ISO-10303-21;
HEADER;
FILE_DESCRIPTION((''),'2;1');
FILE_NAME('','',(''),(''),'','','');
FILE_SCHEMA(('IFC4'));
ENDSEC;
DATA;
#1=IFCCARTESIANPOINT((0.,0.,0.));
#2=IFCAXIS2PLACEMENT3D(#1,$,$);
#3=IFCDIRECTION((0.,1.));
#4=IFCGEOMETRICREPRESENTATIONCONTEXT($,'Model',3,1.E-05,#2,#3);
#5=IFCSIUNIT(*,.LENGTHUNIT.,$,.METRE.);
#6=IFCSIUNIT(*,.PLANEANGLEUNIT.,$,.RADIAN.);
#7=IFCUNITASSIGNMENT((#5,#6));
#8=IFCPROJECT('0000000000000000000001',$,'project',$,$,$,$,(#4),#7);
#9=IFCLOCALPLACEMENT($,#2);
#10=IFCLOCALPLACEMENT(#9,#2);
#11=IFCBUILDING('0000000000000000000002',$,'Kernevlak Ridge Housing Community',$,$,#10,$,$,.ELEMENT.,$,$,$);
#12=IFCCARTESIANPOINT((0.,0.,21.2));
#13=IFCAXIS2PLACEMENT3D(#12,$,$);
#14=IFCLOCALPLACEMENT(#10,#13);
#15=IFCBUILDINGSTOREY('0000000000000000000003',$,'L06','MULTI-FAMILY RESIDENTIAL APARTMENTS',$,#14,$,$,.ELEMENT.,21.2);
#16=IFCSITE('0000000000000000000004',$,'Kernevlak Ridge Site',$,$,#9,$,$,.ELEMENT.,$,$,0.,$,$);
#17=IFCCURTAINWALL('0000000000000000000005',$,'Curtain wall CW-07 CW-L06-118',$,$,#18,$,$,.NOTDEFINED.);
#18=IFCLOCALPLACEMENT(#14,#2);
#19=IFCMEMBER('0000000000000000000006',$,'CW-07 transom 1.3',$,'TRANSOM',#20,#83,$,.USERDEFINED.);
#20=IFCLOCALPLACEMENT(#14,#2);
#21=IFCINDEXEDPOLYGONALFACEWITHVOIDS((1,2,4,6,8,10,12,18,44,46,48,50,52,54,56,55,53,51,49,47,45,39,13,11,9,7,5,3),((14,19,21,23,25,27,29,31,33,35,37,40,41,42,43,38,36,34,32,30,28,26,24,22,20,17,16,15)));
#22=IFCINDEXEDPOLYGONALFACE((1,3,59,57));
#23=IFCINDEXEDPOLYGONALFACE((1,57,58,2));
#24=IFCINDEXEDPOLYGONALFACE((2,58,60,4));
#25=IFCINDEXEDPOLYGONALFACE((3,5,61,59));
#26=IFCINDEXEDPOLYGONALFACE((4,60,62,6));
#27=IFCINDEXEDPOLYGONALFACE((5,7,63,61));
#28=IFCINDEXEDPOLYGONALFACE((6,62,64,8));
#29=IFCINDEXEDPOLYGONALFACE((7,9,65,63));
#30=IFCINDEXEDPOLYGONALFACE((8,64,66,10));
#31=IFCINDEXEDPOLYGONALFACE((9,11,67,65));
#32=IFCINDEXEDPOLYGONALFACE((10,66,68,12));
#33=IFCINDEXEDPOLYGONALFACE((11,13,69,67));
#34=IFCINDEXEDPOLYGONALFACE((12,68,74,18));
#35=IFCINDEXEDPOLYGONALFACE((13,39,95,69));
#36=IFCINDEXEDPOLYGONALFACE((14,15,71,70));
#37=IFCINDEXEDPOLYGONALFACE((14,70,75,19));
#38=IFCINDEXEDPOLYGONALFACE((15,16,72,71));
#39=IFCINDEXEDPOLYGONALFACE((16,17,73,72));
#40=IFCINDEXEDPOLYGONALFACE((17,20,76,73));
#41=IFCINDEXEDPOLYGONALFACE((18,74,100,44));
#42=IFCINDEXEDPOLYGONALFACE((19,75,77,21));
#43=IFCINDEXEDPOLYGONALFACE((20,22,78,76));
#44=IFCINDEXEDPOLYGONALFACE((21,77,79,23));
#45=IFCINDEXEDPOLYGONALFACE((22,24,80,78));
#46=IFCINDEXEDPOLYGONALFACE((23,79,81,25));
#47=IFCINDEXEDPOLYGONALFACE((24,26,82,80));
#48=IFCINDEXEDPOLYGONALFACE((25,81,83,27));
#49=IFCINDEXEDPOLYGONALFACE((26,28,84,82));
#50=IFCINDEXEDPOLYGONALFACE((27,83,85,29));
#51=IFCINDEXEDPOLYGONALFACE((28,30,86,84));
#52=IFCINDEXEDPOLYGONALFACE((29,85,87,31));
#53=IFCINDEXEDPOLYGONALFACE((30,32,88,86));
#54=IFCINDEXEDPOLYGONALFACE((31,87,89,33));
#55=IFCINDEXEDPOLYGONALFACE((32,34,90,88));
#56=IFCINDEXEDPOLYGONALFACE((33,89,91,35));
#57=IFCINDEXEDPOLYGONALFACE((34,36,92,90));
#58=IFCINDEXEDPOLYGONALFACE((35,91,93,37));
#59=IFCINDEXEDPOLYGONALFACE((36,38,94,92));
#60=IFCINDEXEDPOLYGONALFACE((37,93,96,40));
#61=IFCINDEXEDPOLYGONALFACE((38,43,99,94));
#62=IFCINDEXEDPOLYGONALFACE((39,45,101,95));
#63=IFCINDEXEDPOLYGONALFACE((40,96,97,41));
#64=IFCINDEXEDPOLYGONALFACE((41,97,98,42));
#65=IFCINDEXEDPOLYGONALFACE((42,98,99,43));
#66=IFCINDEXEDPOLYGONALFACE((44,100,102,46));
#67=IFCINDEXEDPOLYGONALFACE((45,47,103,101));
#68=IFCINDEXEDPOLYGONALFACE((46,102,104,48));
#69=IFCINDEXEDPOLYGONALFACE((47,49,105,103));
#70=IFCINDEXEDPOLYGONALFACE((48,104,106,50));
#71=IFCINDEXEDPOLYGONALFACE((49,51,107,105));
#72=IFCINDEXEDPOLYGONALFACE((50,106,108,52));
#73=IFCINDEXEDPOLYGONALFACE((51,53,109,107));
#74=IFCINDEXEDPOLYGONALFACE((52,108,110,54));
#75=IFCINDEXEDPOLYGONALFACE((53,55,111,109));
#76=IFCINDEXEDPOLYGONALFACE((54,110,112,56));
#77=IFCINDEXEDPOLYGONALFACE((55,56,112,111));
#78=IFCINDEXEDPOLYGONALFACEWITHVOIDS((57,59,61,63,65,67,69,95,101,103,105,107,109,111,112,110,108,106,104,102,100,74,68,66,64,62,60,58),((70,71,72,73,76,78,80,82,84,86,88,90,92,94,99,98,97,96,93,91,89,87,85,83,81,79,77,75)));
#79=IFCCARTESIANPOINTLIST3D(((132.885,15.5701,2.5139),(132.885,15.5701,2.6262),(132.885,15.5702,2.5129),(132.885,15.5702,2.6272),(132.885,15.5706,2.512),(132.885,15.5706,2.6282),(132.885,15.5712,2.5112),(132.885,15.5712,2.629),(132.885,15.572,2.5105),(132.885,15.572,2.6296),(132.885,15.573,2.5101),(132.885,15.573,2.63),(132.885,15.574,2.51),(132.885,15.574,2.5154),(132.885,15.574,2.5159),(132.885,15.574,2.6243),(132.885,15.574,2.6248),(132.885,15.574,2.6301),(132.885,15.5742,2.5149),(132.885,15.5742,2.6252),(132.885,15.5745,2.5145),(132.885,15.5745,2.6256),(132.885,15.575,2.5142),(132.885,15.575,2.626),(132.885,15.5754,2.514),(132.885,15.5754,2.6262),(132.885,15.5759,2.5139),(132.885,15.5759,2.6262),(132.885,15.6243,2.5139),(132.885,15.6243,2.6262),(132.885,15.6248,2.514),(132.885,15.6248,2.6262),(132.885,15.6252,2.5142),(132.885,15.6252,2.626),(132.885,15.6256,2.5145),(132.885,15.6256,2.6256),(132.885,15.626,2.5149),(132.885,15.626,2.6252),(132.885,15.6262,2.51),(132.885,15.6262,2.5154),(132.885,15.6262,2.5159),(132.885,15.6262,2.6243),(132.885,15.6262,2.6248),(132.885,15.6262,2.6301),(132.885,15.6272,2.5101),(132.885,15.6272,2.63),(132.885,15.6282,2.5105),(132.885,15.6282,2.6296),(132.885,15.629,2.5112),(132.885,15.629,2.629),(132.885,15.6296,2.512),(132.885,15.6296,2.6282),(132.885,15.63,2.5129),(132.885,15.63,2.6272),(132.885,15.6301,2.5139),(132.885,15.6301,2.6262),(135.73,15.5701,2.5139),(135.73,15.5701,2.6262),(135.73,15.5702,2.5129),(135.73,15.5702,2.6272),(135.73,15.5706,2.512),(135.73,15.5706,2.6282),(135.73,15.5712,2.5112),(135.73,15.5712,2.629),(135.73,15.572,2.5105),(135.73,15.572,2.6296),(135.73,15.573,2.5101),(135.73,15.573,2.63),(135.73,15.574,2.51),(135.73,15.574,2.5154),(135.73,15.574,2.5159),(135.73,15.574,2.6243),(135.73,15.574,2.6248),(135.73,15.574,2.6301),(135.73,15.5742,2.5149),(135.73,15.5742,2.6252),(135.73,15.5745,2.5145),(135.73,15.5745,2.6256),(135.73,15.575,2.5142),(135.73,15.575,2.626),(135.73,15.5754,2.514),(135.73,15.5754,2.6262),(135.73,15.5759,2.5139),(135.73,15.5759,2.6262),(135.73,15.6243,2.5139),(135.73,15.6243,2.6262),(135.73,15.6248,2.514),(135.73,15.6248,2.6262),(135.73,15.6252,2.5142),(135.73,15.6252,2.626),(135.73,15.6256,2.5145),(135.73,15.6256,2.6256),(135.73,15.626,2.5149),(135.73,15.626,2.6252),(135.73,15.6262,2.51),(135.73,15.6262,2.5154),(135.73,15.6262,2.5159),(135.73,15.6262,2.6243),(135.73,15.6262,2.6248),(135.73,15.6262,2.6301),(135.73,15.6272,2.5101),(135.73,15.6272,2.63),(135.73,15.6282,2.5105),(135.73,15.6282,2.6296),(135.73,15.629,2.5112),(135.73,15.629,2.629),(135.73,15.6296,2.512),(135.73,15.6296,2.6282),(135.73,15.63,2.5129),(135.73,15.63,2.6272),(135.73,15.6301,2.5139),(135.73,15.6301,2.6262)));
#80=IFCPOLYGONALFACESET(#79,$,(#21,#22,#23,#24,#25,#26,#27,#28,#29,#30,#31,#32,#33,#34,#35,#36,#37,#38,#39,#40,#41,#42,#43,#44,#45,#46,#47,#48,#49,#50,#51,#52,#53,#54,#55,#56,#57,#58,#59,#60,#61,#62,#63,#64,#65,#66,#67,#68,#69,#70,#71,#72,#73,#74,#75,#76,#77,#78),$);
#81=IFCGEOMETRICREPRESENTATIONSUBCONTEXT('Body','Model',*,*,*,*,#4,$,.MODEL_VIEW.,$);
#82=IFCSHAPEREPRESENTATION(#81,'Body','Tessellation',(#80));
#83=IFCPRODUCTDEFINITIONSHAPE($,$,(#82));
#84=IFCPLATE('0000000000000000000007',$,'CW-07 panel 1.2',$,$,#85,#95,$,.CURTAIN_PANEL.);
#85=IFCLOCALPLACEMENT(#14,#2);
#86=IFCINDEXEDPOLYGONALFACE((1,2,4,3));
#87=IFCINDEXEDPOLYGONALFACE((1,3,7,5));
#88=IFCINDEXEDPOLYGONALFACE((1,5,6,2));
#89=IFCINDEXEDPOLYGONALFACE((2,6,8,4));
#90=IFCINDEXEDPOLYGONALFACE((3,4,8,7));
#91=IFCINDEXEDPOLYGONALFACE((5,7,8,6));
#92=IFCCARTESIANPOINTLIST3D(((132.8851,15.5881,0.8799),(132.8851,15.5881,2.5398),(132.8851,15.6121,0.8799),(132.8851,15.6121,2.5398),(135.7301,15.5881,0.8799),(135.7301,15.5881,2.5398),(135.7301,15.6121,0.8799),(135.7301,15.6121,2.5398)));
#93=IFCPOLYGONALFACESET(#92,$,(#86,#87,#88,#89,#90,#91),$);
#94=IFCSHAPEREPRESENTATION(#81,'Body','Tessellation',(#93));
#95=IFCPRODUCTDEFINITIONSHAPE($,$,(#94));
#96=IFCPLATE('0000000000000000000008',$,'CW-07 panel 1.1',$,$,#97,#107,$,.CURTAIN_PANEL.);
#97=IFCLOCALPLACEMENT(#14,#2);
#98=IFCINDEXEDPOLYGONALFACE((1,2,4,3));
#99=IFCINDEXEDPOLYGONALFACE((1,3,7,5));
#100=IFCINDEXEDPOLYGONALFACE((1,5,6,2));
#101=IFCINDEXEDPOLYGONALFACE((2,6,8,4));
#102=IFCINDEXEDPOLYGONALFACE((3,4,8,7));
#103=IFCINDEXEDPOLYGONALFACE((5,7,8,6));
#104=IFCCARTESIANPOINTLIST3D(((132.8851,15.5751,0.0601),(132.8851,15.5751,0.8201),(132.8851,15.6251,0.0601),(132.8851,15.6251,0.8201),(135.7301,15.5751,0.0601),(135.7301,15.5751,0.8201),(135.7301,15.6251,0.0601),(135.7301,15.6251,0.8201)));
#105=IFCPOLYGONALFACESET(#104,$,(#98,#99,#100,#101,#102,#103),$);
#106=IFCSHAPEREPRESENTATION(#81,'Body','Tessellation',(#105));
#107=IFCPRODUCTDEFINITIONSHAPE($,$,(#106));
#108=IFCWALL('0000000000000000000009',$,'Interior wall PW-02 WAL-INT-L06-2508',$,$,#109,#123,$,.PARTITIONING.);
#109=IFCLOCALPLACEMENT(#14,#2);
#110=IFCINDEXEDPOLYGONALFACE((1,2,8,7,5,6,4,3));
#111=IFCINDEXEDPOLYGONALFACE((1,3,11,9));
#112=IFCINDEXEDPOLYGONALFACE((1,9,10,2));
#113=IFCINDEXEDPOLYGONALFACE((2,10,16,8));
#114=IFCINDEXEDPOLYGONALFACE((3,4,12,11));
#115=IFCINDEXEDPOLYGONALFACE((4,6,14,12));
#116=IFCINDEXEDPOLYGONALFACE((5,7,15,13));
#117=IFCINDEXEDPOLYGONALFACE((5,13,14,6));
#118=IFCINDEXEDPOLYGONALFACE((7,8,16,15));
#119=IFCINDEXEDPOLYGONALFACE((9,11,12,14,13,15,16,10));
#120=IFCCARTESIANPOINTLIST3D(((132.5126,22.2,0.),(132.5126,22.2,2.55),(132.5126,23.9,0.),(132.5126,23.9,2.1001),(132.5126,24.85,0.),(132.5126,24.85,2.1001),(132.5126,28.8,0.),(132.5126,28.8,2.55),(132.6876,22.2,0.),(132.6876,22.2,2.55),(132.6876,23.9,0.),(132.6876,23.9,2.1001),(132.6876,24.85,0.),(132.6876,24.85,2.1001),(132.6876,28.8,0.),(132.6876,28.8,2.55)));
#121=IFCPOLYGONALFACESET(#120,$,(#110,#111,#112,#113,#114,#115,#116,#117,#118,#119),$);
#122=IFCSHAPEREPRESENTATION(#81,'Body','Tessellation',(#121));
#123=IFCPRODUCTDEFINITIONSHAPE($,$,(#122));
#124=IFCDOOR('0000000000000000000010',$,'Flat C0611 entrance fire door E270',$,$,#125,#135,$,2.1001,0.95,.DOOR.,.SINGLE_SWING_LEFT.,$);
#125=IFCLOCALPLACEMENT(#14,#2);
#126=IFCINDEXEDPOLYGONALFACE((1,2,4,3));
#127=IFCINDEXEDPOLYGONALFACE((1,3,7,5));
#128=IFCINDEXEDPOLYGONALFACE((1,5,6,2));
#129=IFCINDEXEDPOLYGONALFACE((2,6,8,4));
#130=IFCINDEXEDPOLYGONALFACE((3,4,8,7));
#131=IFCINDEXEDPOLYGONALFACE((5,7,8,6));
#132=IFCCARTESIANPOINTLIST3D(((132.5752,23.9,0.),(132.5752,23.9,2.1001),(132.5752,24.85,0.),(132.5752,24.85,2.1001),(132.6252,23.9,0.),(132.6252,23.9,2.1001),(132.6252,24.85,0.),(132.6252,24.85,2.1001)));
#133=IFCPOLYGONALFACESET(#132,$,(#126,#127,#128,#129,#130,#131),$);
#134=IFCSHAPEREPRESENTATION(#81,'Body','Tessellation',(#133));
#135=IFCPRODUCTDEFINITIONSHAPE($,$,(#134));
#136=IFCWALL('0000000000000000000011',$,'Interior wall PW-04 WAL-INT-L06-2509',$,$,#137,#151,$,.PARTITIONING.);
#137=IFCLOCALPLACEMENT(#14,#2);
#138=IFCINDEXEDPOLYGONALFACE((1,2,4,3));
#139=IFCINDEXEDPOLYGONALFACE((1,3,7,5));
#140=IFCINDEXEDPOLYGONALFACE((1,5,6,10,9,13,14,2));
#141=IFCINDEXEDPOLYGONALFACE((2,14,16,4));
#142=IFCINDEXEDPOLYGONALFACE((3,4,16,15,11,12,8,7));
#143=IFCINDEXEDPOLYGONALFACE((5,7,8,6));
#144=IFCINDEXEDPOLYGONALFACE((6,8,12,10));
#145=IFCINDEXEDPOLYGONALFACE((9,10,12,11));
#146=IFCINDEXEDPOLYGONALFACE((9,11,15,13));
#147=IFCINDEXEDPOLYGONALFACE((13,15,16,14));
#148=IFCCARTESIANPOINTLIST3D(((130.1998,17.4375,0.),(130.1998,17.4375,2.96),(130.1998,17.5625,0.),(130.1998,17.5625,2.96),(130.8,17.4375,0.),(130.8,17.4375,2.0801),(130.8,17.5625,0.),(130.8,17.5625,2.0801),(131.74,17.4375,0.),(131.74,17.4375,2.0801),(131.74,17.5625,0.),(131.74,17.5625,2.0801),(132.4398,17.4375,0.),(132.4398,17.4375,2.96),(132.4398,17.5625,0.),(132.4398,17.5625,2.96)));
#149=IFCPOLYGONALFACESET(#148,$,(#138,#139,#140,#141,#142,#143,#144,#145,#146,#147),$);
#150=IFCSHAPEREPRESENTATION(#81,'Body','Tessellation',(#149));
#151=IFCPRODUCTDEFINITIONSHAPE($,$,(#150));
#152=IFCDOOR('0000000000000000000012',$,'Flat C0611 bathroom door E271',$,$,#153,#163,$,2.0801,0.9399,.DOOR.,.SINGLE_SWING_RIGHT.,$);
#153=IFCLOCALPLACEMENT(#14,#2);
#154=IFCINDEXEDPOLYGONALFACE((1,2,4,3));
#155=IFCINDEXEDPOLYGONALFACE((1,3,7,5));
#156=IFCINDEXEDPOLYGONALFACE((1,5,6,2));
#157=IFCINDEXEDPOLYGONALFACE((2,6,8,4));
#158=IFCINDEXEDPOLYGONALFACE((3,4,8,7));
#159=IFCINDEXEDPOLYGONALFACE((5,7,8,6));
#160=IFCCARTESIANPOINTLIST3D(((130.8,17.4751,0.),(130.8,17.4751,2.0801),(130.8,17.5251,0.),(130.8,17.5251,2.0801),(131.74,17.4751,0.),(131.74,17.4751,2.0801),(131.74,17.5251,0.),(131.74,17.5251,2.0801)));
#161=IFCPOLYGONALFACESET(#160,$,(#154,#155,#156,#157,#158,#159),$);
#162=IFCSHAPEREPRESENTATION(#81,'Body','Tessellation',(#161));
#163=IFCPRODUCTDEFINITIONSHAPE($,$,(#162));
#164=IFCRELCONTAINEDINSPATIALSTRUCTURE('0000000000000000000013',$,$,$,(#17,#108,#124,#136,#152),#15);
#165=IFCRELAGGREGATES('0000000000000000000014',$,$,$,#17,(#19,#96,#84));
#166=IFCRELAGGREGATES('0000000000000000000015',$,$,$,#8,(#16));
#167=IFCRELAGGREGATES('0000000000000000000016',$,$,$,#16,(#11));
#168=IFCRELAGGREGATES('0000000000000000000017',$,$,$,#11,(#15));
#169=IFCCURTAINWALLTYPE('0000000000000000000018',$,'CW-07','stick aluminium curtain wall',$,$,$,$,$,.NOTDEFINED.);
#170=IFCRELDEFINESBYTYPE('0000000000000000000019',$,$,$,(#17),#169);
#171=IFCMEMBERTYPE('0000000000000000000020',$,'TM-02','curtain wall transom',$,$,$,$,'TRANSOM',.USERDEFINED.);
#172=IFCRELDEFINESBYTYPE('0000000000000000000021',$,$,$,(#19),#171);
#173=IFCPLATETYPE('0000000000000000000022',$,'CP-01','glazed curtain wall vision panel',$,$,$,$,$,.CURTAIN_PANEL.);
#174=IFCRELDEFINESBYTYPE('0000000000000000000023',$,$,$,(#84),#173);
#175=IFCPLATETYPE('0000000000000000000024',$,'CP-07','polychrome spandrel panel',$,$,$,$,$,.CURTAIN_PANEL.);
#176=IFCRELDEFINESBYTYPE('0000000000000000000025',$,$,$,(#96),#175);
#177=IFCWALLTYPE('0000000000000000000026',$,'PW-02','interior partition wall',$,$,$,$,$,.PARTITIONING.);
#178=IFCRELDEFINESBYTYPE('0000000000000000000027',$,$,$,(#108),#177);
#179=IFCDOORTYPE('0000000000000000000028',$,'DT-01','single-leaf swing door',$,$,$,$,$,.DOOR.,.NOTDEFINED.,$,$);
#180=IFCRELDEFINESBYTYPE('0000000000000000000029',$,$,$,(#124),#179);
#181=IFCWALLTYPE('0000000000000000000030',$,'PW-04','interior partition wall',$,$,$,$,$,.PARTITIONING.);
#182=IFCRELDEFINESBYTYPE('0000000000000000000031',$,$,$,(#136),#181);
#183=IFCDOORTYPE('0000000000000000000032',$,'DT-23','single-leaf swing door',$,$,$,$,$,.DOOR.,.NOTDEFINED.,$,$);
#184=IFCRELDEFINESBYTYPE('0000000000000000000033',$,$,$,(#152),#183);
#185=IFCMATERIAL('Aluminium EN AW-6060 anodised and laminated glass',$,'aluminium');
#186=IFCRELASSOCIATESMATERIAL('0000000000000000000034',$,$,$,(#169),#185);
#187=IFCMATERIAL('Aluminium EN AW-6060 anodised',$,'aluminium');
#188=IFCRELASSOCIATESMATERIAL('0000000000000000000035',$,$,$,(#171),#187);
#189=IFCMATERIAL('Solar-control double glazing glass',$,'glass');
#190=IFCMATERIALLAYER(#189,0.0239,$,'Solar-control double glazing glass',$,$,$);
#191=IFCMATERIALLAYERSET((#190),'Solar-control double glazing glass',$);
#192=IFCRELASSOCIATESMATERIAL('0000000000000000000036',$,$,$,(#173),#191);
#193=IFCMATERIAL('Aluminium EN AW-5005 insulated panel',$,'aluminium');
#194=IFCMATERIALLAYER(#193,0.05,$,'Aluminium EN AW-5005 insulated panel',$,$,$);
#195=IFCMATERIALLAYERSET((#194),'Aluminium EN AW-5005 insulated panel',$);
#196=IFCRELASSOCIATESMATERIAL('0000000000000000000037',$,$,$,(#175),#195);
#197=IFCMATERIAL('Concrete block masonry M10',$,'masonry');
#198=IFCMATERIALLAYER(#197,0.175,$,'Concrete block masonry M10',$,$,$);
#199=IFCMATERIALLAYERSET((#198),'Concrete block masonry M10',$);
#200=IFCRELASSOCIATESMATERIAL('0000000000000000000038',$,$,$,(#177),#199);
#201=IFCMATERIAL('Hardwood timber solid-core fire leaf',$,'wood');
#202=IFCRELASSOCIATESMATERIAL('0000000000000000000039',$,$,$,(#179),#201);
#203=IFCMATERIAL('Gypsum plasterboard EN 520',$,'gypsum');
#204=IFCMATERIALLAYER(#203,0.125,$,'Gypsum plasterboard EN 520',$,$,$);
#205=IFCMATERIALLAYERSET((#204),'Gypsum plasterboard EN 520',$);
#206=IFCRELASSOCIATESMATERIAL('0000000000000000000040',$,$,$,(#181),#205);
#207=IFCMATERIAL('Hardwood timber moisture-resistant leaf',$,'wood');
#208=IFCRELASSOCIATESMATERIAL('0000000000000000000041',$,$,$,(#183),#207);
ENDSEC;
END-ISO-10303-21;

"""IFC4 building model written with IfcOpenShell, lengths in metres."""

from ifc_helpers import new_model, si_unit, direction, frame, frame_2d, origin, origin_2d, place, context, subcontext, project, spatial, rectangle, hollow_rectangle, extrude, material, layer, layer_set, material_profile, profile_set, type_object, element, fill, aggregate, save


model = new_model("IFC4")

# Units and contexts
model_context = context("Model", 3, precision=1e-05, world=origin(), true_north=direction((0.0, 1.0)))
body_context = subcontext(model_context, "Body", "Model", "MODEL_VIEW")
ifc_project = project(units=[si_unit("LENGTHUNIT", "METRE"), si_unit("PLANEANGLEUNIT", "RADIAN")], contexts=[model_context])

# Site, building, storey
site_placement = place(None, origin())
site = spatial("IfcSite", under=ifc_project, at=site_placement, Name="Kernevlak Ridge Site", CompositionType="ELEMENT", RefElevation=0.0)
building_placement = place(site_placement, origin())
building = spatial("IfcBuilding", under=site, at=building_placement, Name="Kernevlak Ridge Housing Community", CompositionType="ELEMENT")
storey_placement = place(building_placement, frame((0.0, 0.0, 21.2)))
storey = spatial("IfcBuildingStorey", under=building, at=storey_placement, Name="L06", Description="MULTI-FAMILY RESIDENTIAL APARTMENTS", CompositionType="ELEMENT", Elevation=21.2)

# Curtain wall
ifc_material_1 = material(Name="Aluminium EN AW-6060 anodised and laminated glass", Category="aluminium")
curtain_wall_type = type_object("IfcCurtainWallType", Name="CW-07", Description="stick aluminium curtain wall", PredefinedType="NOTDEFINED", material=ifc_material_1)
curtain_wall_placement = place(storey_placement, origin())
curtain_wall = element("IfcCurtainWall", 1, at=curtain_wall_placement, inside=storey, type_object=curtain_wall_type, Name="Curtain wall CW-07 CW-L06-118", PredefinedType="NOTDEFINED")
ifc_material_2 = material(Name="Aluminium EN AW-6060 anodised", Category="aluminium")

# Member
ifc_material_profile_1 = material_profile(ifc_material_2, hollow_rectangle(XDim=0.0601, YDim=0.1201, WallThickness=0.0039, InnerFilletRadius=0.002, OuterFilletRadius=0.0039, at=origin_2d()), Name="ALU 60x120x4")
ifc_profile_set_1 = profile_set([ifc_material_profile_1], Name="Aluminium EN AW-6060 anodised")
member_type_1 = type_object("IfcMemberType", Name="TM-02", Description="curtain wall transom", ElementType="TRANSOM", PredefinedType="USERDEFINED", material=ifc_profile_set_1)
member_1_placement = place(storey_placement, frame((132.885, 15.6001, 2.5701), z_axis=(1.0, 0.0, 0.0), x_axis=(0.0, 1.0, 0.0)))
member_1 = element("IfcMember", 2, at=member_1_placement, type_object=member_type_1, Name="CW-07 transom 1.3", ObjectType="TRANSOM", PredefinedType="USERDEFINED", context=body_context, shape_type="SweptSolid", body=[
    extrude(hollow_rectangle(XDim=0.0601, YDim=0.1201, WallThickness=0.0039, InnerFilletRadius=0.002, OuterFilletRadius=0.0039, at=origin_2d()), origin(), (0.0, 0.0, 1.0), 2.845),
])

# Plates
ifc_material_3 = material(Name="Solar-control double glazing glass", Category="glass")
ifc_layer_1 = layer(ifc_material_3, 0.0239, Name="Solar-control double glazing glass")
ifc_layer_set_1 = layer_set([ifc_layer_1], Name="Solar-control double glazing glass")
plate_type_1 = type_object("IfcPlateType", Name="CP-01", Description="glazed curtain wall vision panel", PredefinedType="CURTAIN_PANEL", material=ifc_layer_set_1)
plate_1_placement = place(storey_placement, frame((134.3076, 15.6001, 0.8799), z_axis=(0.0, 0.0, 1.0), x_axis=(1.0, 0.0, 0.0)))
plate_1 = element("IfcPlate", 3, at=plate_1_placement, type_object=plate_type_1, Name="CW-07 panel 1.2", PredefinedType="CURTAIN_PANEL", context=body_context, shape_type="SweptSolid", body=[
    extrude(rectangle(XDim=2.845, YDim=0.0239, at=origin_2d()), origin(), (0.0, 0.0, 1.0), 1.6599),
])
ifc_material_4 = material(Name="Aluminium EN AW-5005 insulated panel", Category="aluminium")
ifc_layer_2 = layer(ifc_material_4, 0.05, Name="Aluminium EN AW-5005 insulated panel")
ifc_layer_set_2 = layer_set([ifc_layer_2], Name="Aluminium EN AW-5005 insulated panel")
plate_type_2 = type_object("IfcPlateType", Name="CP-07", Description="polychrome spandrel panel", PredefinedType="CURTAIN_PANEL", material=ifc_layer_set_2)
plate_2_placement = place(storey_placement, frame((134.3076, 15.6001, 0.0601), z_axis=(0.0, 0.0, 1.0), x_axis=(1.0, 0.0, 0.0)))
plate_2 = element("IfcPlate", 4, at=plate_2_placement, type_object=plate_type_2, Name="CW-07 panel 1.1", PredefinedType="CURTAIN_PANEL", context=body_context, shape_type="SweptSolid", body=[
    extrude(rectangle(XDim=2.845, YDim=0.05, at=origin_2d()), origin(), (0.0, 0.0, 1.0), 0.76),
])
aggregate(curtain_wall, [member_1, plate_2, plate_1])

# Walls, openings, doors
ifc_material_5 = material(Name="Concrete block masonry M10", Category="masonry")
ifc_layer_3 = layer(ifc_material_5, 0.175, Name="Concrete block masonry M10")
ifc_layer_set_3 = layer_set([ifc_layer_3], Name="Concrete block masonry M10")
wall_type_1 = type_object("IfcWallType", Name="PW-02", Description="interior partition wall", PredefinedType="PARTITIONING", material=ifc_layer_set_3)
wall_1_placement = place(storey_placement, frame((132.6001, 22.2, 0.0), z_axis=(0.0, 0.0, 1.0), x_axis=(0.0, 1.0, 0.0)))
wall_1 = element("IfcWall", 5, at=wall_1_placement, inside=storey, type_object=wall_type_1, Name="Interior wall PW-02 WAL-INT-L06-2508", PredefinedType="PARTITIONING", context=body_context, shape_type="SweptSolid", body=[
    extrude(rectangle(XDim=6.6001, YDim=0.175, at=frame_2d((3.3, 0.0))), origin(), (0.0, 0.0, 1.0), 2.55),
])
opening_1_placement = place(wall_1_placement, frame((1.7, 0.0, 0.0)))
opening_1 = element("IfcOpeningElement", 6, at=opening_1_placement, cuts=wall_1, PredefinedType="OPENING", context=body_context, shape_type="SweptSolid", body=[
    extrude(rectangle(XDim=0.95, YDim=2.1001, at=frame_2d((0.4751, 1.05))), frame((0.0, 0.0974, 0.0), z_axis=(0.0, -1.0, 0.0), x_axis=(1.0, 0.0, 0.0)), (0.0, 0.0, 1.0), 0.1951),
])
ifc_material_6 = material(Name="Hardwood timber solid-core fire leaf", Category="wood")
door_type_1 = type_object("IfcDoorType", Name="DT-01", Description="single-leaf swing door", OperationType="NOTDEFINED", PredefinedType="DOOR", material=ifc_material_6)
door_1_placement = place(opening_1_placement, origin())
door_1 = element("IfcDoor", 7, at=door_1_placement, inside=storey, type_object=door_type_1, Name="Flat C0611 entrance fire door E270", OperationType="SINGLE_SWING_LEFT", OverallHeight=2.1001, OverallWidth=0.95, PredefinedType="DOOR", context=body_context, shape_type="SweptSolid", body=[
    extrude(rectangle(XDim=0.95, YDim=2.1001, at=frame_2d((0.4751, 1.05))), frame((0.0, 0.0249, 0.0), z_axis=(0.0, -1.0, 0.0), x_axis=(1.0, 0.0, 0.0)), (0.0, 0.0, 1.0), 0.05),
])
fill(opening_1, door_1)
ifc_material_7 = material(Name="Gypsum plasterboard EN 520", Category="gypsum")
ifc_layer_4 = layer(ifc_material_7, 0.125, Name="Gypsum plasterboard EN 520")
ifc_layer_set_4 = layer_set([ifc_layer_4], Name="Gypsum plasterboard EN 520")
wall_type_2 = type_object("IfcWallType", Name="PW-04", Description="interior partition wall", PredefinedType="PARTITIONING", material=ifc_layer_set_4)
wall_2_placement = place(storey_placement, frame((132.4399, 17.5, 0.0), z_axis=(0.0, 0.0, 1.0), x_axis=(-1.0, 0.0, 0.0)))
wall_2 = element("IfcWall", 8, at=wall_2_placement, inside=storey, type_object=wall_type_2, Name="Interior wall PW-04 WAL-INT-L06-2509", PredefinedType="PARTITIONING", context=body_context, shape_type="SweptSolid", body=[
    extrude(rectangle(XDim=2.24, YDim=0.125, at=frame_2d((1.1201, 0.0))), origin(), (0.0, 0.0, 1.0), 2.96),
])
opening_2_placement = place(wall_2_placement, frame((0.7, 0.0, 0.0)))
opening_2 = element("IfcOpeningElement", 9, at=opening_2_placement, cuts=wall_2, PredefinedType="OPENING", context=body_context, shape_type="SweptSolid", body=[
    extrude(rectangle(XDim=0.9399, YDim=2.0801, at=frame_2d((0.47, 1.04))), frame((0.0, 0.0725, 0.0), z_axis=(0.0, -1.0, 0.0), x_axis=(1.0, 0.0, 0.0)), (0.0, 0.0, 1.0), 0.145),
])
ifc_material_8 = material(Name="Hardwood timber moisture-resistant leaf", Category="wood")
door_type_2 = type_object("IfcDoorType", Name="DT-23", Description="single-leaf swing door", OperationType="NOTDEFINED", PredefinedType="DOOR", material=ifc_material_8)
door_2_placement = place(opening_2_placement, origin())
door_2 = element("IfcDoor", 10, at=door_2_placement, inside=storey, type_object=door_type_2, Name="Flat C0611 bathroom door E271", OperationType="SINGLE_SWING_RIGHT", OverallHeight=2.0801, OverallWidth=0.9399, PredefinedType="DOOR", context=body_context, shape_type="SweptSolid", body=[
    extrude(rectangle(XDim=0.9399, YDim=2.0801, at=frame_2d((0.47, 1.04))), frame((0.0, 0.0249, 0.0), z_axis=(0.0, -1.0, 0.0), x_axis=(1.0, 0.0, 0.0)), (0.0, 0.0, 1.0), 0.05),
])
fill(opening_2, door_2)

save(model, "model.ifc")
